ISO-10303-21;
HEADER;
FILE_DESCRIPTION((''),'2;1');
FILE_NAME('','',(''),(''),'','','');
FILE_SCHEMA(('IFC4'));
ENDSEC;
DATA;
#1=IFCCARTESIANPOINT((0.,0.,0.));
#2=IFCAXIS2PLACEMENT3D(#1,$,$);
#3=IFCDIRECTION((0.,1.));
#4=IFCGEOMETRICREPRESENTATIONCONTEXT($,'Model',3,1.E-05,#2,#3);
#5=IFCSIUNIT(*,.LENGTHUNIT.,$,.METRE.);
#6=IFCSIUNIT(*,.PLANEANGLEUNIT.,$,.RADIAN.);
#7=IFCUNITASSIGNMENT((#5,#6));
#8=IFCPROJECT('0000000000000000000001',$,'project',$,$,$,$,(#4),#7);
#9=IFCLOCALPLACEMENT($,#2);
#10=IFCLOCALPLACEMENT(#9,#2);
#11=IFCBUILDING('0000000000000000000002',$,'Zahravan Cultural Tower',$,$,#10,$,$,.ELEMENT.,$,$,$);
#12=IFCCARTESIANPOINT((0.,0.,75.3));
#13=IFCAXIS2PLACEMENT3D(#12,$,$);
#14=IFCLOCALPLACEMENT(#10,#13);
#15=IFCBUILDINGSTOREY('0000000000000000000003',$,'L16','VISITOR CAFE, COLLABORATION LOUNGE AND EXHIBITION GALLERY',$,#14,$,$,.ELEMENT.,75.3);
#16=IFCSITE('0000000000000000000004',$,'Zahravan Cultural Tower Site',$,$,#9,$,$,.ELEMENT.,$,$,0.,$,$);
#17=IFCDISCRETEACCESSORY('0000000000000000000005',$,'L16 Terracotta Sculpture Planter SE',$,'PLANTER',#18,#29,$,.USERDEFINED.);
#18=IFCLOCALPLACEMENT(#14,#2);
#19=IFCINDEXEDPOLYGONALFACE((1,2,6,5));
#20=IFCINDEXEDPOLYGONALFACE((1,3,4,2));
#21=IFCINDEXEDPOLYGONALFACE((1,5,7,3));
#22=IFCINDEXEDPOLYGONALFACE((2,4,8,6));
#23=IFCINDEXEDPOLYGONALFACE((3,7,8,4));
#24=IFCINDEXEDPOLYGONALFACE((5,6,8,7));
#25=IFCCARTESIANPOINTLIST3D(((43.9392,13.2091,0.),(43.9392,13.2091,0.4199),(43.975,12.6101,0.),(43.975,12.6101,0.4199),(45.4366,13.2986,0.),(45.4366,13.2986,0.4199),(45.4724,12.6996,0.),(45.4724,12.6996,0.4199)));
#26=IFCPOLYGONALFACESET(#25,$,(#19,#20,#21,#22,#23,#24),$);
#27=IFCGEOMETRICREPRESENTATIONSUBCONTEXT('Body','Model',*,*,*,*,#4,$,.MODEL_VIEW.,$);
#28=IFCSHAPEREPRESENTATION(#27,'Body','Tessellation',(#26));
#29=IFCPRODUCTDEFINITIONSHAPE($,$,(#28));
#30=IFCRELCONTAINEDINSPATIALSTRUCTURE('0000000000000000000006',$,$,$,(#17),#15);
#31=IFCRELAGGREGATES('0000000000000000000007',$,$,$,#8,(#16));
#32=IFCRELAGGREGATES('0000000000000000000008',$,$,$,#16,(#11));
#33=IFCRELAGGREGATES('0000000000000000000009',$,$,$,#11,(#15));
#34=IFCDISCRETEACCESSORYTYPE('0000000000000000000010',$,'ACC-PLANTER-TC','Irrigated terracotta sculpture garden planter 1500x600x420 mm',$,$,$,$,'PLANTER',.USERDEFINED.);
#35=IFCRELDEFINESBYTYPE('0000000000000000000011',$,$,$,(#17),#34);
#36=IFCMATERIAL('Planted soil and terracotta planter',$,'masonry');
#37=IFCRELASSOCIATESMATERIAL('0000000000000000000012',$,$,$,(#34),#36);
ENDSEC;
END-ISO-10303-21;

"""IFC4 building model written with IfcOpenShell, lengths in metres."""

from ifc_helpers import new_model, si_unit, direction, frame, origin, origin_2d, place, context, subcontext, project, spatial, rectangle, extrude, source, transform, mapped, material, type_object, element, save


model = new_model("IFC4")

# Units and contexts
model_context = context("Model", 3, precision=1e-05, world=origin(), true_north=direction((0.0, 1.0)))
body_context = subcontext(model_context, "Body", "Model", "MODEL_VIEW")
ifc_project = project(units=[si_unit("LENGTHUNIT", "METRE"), si_unit("PLANEANGLEUNIT", "RADIAN")], contexts=[model_context])

# Site, building, storey
site_placement = place(None, origin())
site = spatial("IfcSite", under=ifc_project, at=site_placement, Name="Zahravan Cultural Tower Site", CompositionType="ELEMENT", RefElevation=0.0)
building_placement = place(site_placement, origin())
building = spatial("IfcBuilding", under=site, at=building_placement, Name="Zahravan Cultural Tower", CompositionType="ELEMENT")
storey_placement = place(building_placement, frame((0.0, 0.0, 75.3)))
storey = spatial("IfcBuildingStorey", under=building, at=storey_placement, Name="L16", Description="VISITOR CAFE, COLLABORATION LOUNGE AND EXHIBITION GALLERY", CompositionType="ELEMENT", Elevation=75.3)

# Discrete accessory
ifc_material_1 = material(Name="Planted soil and terracotta planter", Category="masonry")
discrete_accessory_type = type_object("IfcDiscreteAccessoryType", Name="ACC-PLANTER-TC", Description="Irrigated terracotta sculpture garden planter 1500x600x420 mm", ElementType="PLANTER", PredefinedType="USERDEFINED", material=ifc_material_1)
shared_shape_1 = source(origin(), body_context, "Body", "SweptSolid", [
    extrude(rectangle(XDim=1.5, YDim=0.6001, at=origin_2d()), origin(), (0.0, 0.0, 1.0), 0.4199),
])
discrete_accessory_placement = place(storey_placement, frame((44.7058, 12.9543, 0.0), z_axis=(0.0, 0.0, 1.0), x_axis=(0.998219, 0.059655, 0.0)))
element("IfcDiscreteAccessory", 1, at=discrete_accessory_placement, inside=storey, type_object=discrete_accessory_type, Name="L16 Terracotta Sculpture Planter SE", ObjectType="PLANTER", PredefinedType="USERDEFINED", context=body_context, shape_type="MappedRepresentation", body=[
    mapped(shared_shape_1, transform((0.0, 0.0, 0.0), x_axis=(1.0, 0.0, 0.0), y_axis=(0.0, 1.0, 0.0), z_axis=(0.0, 0.0, 1.0), scale=1.0)),
])

save(model, "model.ifc")
